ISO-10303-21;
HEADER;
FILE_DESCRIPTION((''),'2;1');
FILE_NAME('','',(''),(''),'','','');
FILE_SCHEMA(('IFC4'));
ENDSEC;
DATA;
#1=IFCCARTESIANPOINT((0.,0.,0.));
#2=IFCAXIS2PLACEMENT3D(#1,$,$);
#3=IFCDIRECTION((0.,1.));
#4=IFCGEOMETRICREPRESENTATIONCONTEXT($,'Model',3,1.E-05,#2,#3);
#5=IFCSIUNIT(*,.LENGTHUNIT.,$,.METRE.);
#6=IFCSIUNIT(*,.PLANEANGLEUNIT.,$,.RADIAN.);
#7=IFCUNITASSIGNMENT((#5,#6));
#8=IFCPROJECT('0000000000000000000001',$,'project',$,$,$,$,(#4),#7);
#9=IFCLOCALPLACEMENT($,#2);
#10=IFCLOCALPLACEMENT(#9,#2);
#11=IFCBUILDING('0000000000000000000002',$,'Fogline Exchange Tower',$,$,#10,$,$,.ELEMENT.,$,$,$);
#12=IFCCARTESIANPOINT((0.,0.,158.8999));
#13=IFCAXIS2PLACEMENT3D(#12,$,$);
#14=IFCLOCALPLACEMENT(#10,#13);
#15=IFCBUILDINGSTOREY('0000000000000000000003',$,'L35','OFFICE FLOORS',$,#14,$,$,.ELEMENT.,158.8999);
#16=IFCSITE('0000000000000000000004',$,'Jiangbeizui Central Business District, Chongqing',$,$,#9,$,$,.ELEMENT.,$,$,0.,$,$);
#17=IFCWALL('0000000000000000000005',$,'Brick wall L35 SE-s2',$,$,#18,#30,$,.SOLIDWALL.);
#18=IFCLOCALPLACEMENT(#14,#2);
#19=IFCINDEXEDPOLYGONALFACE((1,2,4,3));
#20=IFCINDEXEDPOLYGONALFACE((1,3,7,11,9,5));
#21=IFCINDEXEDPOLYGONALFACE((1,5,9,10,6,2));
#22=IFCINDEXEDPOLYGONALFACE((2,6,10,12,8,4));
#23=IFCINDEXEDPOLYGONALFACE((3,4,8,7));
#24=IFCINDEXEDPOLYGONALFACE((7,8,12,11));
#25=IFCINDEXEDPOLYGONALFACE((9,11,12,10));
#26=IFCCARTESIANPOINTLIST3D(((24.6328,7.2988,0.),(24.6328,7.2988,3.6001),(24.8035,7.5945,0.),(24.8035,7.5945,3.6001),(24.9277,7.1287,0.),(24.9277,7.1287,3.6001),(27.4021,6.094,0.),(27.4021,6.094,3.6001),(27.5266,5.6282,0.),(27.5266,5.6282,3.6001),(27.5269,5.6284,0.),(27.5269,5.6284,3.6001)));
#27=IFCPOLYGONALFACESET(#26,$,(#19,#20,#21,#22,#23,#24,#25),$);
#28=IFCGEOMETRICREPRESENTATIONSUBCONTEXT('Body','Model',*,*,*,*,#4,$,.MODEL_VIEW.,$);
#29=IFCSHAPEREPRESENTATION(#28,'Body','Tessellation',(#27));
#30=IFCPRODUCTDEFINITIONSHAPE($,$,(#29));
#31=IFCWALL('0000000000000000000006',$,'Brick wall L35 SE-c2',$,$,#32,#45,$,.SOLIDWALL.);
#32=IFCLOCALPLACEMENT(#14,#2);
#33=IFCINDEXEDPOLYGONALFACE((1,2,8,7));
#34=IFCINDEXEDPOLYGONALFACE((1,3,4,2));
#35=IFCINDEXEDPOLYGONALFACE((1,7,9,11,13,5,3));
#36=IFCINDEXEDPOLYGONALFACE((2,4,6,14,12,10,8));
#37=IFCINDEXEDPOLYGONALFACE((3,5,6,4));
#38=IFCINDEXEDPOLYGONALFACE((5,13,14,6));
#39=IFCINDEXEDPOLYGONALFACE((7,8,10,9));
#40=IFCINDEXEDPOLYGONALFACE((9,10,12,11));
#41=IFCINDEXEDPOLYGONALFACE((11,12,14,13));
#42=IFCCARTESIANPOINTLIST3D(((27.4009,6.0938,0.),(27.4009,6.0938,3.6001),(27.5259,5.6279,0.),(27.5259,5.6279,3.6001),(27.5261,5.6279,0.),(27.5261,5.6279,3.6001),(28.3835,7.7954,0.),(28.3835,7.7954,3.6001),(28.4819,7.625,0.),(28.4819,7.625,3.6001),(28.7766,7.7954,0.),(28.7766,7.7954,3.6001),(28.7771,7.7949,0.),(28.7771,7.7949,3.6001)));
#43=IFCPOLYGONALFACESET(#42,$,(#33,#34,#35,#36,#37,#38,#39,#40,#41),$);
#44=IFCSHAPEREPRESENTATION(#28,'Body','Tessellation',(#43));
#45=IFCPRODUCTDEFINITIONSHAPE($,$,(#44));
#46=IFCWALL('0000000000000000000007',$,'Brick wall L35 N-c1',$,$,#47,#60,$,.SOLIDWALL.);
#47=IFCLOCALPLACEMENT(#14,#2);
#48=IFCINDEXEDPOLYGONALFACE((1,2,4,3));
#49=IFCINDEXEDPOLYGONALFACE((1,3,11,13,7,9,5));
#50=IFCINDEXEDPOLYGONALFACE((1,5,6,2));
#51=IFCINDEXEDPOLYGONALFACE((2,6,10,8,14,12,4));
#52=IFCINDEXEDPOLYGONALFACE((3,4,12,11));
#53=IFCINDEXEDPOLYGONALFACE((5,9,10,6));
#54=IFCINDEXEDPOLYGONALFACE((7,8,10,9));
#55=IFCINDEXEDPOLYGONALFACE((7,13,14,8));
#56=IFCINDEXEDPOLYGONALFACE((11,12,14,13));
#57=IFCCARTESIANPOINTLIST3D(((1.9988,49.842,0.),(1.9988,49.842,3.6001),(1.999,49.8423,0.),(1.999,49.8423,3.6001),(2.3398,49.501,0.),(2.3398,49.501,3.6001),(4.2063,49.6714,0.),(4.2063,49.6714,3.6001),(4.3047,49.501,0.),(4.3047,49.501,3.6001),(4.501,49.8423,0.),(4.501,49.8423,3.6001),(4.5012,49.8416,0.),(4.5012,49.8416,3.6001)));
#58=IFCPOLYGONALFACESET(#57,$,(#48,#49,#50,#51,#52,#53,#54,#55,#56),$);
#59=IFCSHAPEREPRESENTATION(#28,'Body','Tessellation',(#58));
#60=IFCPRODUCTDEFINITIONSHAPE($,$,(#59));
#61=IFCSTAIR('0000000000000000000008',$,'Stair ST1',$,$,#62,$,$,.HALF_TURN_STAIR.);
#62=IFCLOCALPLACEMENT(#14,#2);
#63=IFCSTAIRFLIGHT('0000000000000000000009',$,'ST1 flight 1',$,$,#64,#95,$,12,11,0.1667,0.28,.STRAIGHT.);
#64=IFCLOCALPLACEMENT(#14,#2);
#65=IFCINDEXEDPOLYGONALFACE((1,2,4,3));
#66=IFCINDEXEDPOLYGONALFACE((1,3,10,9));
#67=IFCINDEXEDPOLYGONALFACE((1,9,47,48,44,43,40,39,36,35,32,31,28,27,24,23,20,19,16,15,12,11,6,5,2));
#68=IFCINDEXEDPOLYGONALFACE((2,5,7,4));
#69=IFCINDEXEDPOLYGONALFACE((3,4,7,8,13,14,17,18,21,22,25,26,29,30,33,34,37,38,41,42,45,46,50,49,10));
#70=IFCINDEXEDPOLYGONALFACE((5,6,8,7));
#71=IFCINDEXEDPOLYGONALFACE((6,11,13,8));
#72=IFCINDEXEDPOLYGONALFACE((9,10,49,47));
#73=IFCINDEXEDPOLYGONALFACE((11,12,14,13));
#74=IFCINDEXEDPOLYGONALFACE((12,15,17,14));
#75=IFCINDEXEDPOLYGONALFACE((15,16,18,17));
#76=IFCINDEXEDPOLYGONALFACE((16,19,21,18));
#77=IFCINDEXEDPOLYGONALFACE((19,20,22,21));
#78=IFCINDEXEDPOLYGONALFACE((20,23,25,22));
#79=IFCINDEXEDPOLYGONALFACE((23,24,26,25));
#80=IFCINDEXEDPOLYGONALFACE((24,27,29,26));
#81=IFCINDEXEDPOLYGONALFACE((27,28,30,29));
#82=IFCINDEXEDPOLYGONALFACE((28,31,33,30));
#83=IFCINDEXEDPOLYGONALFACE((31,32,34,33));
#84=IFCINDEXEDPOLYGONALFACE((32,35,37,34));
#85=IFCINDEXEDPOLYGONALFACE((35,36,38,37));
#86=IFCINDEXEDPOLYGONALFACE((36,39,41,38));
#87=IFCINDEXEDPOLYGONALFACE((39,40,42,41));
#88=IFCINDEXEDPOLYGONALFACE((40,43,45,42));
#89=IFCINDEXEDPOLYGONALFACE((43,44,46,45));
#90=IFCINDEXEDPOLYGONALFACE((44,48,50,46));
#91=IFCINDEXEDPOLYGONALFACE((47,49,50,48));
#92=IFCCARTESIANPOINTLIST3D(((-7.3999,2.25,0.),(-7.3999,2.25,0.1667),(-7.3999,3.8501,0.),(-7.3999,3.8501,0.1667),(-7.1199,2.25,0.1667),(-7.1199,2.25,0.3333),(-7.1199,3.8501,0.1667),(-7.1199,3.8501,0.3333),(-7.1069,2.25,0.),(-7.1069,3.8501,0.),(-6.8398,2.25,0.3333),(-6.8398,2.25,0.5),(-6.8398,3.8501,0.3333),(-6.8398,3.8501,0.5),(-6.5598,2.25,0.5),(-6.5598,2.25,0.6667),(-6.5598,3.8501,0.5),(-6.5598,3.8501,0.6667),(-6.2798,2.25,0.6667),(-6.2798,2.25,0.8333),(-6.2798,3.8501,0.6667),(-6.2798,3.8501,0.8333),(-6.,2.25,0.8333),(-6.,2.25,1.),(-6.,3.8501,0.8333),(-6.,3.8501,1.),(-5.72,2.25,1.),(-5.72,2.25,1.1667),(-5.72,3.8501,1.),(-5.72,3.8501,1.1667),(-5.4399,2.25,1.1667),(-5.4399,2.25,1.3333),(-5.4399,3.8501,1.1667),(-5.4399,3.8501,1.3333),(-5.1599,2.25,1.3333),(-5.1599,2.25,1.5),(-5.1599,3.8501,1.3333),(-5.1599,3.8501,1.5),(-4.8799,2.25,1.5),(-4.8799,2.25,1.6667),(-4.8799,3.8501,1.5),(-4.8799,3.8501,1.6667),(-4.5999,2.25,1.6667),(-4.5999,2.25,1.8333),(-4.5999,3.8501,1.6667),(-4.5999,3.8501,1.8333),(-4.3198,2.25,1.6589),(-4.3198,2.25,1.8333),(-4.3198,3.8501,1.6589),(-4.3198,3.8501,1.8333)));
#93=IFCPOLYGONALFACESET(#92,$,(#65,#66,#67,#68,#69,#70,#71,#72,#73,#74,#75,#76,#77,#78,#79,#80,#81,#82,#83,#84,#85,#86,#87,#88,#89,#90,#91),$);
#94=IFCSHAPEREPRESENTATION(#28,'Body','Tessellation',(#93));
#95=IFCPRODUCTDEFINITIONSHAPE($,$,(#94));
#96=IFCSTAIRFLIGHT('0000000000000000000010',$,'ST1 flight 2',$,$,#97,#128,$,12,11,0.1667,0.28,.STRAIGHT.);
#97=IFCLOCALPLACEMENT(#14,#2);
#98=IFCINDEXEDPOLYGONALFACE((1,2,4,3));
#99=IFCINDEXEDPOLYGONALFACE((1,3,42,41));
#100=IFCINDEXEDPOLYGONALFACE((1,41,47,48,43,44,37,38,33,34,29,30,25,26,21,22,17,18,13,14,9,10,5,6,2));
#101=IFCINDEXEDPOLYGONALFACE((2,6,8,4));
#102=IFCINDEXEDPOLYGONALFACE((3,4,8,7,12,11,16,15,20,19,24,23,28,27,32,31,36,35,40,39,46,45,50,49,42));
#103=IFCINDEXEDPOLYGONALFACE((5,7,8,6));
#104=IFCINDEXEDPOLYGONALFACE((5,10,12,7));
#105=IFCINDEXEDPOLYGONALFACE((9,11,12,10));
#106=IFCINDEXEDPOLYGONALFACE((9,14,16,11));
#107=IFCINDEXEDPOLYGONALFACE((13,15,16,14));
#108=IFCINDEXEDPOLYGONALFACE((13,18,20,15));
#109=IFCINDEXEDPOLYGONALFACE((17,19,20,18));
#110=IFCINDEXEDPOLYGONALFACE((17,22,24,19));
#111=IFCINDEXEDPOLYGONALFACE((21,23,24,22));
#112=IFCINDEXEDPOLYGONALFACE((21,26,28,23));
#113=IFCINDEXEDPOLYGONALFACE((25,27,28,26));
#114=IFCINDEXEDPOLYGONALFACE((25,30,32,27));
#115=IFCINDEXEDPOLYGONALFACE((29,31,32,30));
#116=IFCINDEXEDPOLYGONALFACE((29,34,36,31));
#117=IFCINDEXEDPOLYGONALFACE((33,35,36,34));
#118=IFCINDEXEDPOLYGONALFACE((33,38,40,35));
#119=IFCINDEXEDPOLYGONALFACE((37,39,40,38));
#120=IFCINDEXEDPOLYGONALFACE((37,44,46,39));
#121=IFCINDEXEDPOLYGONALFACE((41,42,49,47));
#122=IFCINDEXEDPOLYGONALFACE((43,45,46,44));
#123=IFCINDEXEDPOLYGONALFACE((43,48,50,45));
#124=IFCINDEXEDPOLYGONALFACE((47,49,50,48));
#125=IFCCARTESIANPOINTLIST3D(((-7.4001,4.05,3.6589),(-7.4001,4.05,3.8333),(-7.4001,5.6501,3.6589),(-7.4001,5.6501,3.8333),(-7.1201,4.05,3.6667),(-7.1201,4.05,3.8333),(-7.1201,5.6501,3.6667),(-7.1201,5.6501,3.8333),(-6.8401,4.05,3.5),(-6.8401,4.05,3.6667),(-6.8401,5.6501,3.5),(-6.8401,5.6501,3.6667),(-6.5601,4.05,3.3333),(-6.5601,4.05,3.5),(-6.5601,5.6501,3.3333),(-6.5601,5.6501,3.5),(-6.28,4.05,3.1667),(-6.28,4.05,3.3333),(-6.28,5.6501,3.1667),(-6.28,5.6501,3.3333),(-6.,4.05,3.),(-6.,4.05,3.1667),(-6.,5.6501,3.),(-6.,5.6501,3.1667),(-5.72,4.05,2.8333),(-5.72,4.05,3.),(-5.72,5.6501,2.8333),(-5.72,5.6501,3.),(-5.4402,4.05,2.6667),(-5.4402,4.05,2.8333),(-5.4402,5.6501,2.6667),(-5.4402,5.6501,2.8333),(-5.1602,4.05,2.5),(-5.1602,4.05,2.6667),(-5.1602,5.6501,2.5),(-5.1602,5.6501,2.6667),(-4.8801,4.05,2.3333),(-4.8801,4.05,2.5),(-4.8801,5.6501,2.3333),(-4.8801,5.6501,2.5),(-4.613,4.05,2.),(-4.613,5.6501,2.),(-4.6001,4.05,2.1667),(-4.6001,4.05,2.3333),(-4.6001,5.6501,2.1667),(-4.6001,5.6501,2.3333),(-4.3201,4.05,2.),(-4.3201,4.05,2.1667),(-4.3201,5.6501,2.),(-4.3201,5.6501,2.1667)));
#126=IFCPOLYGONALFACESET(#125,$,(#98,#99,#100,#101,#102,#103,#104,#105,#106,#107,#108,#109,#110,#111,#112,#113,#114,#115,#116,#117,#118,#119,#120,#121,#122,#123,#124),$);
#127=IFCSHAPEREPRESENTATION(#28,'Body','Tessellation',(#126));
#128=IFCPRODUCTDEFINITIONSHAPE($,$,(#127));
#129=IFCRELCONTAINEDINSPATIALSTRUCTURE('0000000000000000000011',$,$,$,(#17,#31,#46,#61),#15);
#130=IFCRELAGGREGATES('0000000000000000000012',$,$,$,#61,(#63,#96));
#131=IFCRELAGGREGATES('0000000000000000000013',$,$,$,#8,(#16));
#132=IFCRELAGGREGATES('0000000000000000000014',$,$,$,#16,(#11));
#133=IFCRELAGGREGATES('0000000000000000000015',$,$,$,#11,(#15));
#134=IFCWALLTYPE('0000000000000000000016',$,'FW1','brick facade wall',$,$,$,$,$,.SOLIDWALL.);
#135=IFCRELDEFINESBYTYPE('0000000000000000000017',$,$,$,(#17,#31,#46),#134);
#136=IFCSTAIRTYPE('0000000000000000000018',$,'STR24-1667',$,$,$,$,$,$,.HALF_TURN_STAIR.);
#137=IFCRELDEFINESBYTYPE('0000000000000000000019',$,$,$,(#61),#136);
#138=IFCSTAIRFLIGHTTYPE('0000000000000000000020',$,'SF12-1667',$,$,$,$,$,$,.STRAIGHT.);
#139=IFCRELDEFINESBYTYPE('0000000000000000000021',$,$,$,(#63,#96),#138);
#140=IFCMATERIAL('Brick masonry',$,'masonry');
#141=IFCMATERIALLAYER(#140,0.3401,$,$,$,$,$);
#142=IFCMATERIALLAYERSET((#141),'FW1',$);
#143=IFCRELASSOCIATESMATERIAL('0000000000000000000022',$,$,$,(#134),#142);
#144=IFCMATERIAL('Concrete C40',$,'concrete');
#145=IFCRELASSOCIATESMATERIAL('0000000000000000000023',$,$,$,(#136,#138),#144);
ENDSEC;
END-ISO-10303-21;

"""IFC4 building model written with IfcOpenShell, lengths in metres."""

from ifc_helpers import new_model, si_unit, direction, frame, origin, place, context, subcontext, project, spatial, polyline, outline, extrude, material, layer, layer_set, type_object, element, aggregate, save


model = new_model("IFC4")

# Units and contexts
model_context = context("Model", 3, precision=1e-05, world=origin(), true_north=direction((0.0, 1.0)))
body_context = subcontext(model_context, "Body", "Model", "MODEL_VIEW")
ifc_project = project(units=[si_unit("LENGTHUNIT", "METRE"), si_unit("PLANEANGLEUNIT", "RADIAN")], contexts=[model_context])

# Site, building, storey
site_placement = place(None, origin())
site = spatial("IfcSite", under=ifc_project, at=site_placement, Name="Jiangbeizui Central Business District, Chongqing", CompositionType="ELEMENT", RefElevation=0.0)
building_placement = place(site_placement, origin())
building = spatial("IfcBuilding", under=site, at=building_placement, Name="Fogline Exchange Tower", CompositionType="ELEMENT")
storey_placement = place(building_placement, frame((0.0, 0.0, 158.8999)))
storey = spatial("IfcBuildingStorey", under=building, at=storey_placement, Name="L35", Description="OFFICE FLOORS", CompositionType="ELEMENT", Elevation=158.8999)

# Shared definitions
ifc_material_1 = material(Name="Concrete C40", Category="concrete")

# Walls
ifc_material_2 = material(Name="Brick masonry", Category="masonry")
ifc_layer_1 = layer(ifc_material_2, 0.3401)
ifc_layer_set_1 = layer_set([ifc_layer_1], Name="FW1")
wall_type_1 = type_object("IfcWallType", Name="FW1", Description="brick facade wall", PredefinedType="SOLIDWALL", material=ifc_layer_set_1)
wall_1_placement = place(storey_placement, origin())
element("IfcWall", 1, at=wall_1_placement, inside=storey, type_object=wall_type_1, Name="Brick wall L35 SE-s2", PredefinedType="SOLIDWALL", context=body_context, shape_type="SweptSolid", body=[
    extrude(outline(polyline([(27.5266, 5.6282), (24.9277, 7.1287), (24.6328, 7.2988), (24.8035, 7.5945), (27.4021, 6.094), (27.5269, 5.6284), (27.5266, 5.6282)])), origin(), (0.0, 0.0, 1.0), 3.6001),
])
wall_2_placement = place(storey_placement, origin())
element("IfcWall", 2, at=wall_2_placement, inside=storey, type_object=wall_type_1, Name="Brick wall L35 SE-c2", PredefinedType="SOLIDWALL", context=body_context, shape_type="SweptSolid", body=[
    extrude(outline(polyline([(28.3835, 7.7954), (28.4819, 7.625), (28.7766, 7.7954), (28.7771, 7.7949), (27.5261, 5.6279), (27.5259, 5.6279), (27.4009, 6.0938), (28.3835, 7.7954)])), origin(), (0.0, 0.0, 1.0), 3.6001),
])
wall_3_placement = place(storey_placement, origin())
element("IfcWall", 3, at=wall_3_placement, inside=storey, type_object=wall_type_1, Name="Brick wall L35 N-c1", PredefinedType="SOLIDWALL", context=body_context, shape_type="SweptSolid", body=[
    extrude(outline(polyline([(1.999, 49.8423), (4.501, 49.8423), (4.5012, 49.8416), (4.2063, 49.6714), (4.3047, 49.501), (2.3398, 49.501), (1.9988, 49.842), (1.999, 49.8423)])), origin(), (0.0, 0.0, 1.0), 3.6001),
])

# Stair, stair flights
stair_type = type_object("IfcStairType", Name="STR24-1667", PredefinedType="HALF_TURN_STAIR", material=ifc_material_1)
stair_placement = place(storey_placement, origin())
stair = element("IfcStair", 4, at=stair_placement, inside=storey, type_object=stair_type, Name="Stair ST1", PredefinedType="HALF_TURN_STAIR")
stair_flight_type = type_object("IfcStairFlightType", Name="SF12-1667", PredefinedType="STRAIGHT", material=ifc_material_1)
stair_flight_1_placement = place(storey_placement, frame((-7.3999, 3.05, 0.0), z_axis=(0.0, 0.0, 1.0), x_axis=(1.0, 0.0, 0.0)))
stair_flight_1 = element("IfcStairFlight", 5, at=stair_flight_1_placement, type_object=stair_flight_type, Name="ST1 flight 1", NumberOfRisers=12, NumberOfTreads=11, PredefinedType="STRAIGHT", RiserHeight=0.1667, TreadLength=0.28, context=body_context, shape_type="SweptSolid", body=[
    extrude(outline(polyline([(0.0, 0.0), (0.0, 0.1667), (0.28, 0.1667), (0.28, 0.3333), (0.5601, 0.3333), (0.5601, 0.5), (0.8401, 0.5), (0.8401, 0.6667), (1.1201, 0.6667), (1.1201, 0.8333), (1.3999, 0.8333), (1.3999, 1.0), (1.6799, 1.0), (1.6799, 1.1667), (1.96, 1.1667), (1.96, 1.3333), (2.24, 1.3333), (2.24, 1.5), (2.52, 1.5), (2.52, 1.6667), (2.8, 1.6667), (2.8, 1.8333), (3.0801, 1.8333), (3.0801, 2.0), (3.0801, 1.6589), (0.293, 0.0), (0.0, 0.0)])), frame((0.0, 0.8, 0.0), z_axis=(0.0, -1.0, 0.0), x_axis=(1.0, 0.0, 0.0)), (0.0, 0.0, 1.0), 1.6001),
])
stair_flight_2_placement = place(storey_placement, frame((-4.3201, 4.8501, 2.0), z_axis=(0.0, 0.0, 1.0), x_axis=(-1.0, 0.0, 0.0)))
stair_flight_2 = element("IfcStairFlight", 6, at=stair_flight_2_placement, type_object=stair_flight_type, Name="ST1 flight 2", NumberOfRisers=12, NumberOfTreads=11, PredefinedType="STRAIGHT", RiserHeight=0.1667, TreadLength=0.28, context=body_context, shape_type="SweptSolid", body=[
    extrude(outline(polyline([(0.0, 0.0), (0.0, 0.1667), (0.28, 0.1667), (0.28, 0.3333), (0.5601, 0.3333), (0.5601, 0.5), (0.8401, 0.5), (0.8401, 0.6667), (1.1201, 0.6667), (1.1201, 0.8333), (1.3999, 0.8333), (1.3999, 1.0), (1.6799, 1.0), (1.6799, 1.1667), (1.96, 1.1667), (1.96, 1.3333), (2.24, 1.3333), (2.24, 1.5), (2.52, 1.5), (2.52, 1.6667), (2.8, 1.6667), (2.8, 1.8333), (3.0801, 1.8333), (3.0801, 2.0), (3.0801, 1.6589), (0.293, 0.0), (0.0, 0.0)])), frame((0.0, 0.8, 0.0), z_axis=(0.0, -1.0, 0.0), x_axis=(1.0, 0.0, 0.0)), (0.0, 0.0, 1.0), 1.6001),
])
aggregate(stair, [stair_flight_1, stair_flight_2])

save(model, "model.ifc")
